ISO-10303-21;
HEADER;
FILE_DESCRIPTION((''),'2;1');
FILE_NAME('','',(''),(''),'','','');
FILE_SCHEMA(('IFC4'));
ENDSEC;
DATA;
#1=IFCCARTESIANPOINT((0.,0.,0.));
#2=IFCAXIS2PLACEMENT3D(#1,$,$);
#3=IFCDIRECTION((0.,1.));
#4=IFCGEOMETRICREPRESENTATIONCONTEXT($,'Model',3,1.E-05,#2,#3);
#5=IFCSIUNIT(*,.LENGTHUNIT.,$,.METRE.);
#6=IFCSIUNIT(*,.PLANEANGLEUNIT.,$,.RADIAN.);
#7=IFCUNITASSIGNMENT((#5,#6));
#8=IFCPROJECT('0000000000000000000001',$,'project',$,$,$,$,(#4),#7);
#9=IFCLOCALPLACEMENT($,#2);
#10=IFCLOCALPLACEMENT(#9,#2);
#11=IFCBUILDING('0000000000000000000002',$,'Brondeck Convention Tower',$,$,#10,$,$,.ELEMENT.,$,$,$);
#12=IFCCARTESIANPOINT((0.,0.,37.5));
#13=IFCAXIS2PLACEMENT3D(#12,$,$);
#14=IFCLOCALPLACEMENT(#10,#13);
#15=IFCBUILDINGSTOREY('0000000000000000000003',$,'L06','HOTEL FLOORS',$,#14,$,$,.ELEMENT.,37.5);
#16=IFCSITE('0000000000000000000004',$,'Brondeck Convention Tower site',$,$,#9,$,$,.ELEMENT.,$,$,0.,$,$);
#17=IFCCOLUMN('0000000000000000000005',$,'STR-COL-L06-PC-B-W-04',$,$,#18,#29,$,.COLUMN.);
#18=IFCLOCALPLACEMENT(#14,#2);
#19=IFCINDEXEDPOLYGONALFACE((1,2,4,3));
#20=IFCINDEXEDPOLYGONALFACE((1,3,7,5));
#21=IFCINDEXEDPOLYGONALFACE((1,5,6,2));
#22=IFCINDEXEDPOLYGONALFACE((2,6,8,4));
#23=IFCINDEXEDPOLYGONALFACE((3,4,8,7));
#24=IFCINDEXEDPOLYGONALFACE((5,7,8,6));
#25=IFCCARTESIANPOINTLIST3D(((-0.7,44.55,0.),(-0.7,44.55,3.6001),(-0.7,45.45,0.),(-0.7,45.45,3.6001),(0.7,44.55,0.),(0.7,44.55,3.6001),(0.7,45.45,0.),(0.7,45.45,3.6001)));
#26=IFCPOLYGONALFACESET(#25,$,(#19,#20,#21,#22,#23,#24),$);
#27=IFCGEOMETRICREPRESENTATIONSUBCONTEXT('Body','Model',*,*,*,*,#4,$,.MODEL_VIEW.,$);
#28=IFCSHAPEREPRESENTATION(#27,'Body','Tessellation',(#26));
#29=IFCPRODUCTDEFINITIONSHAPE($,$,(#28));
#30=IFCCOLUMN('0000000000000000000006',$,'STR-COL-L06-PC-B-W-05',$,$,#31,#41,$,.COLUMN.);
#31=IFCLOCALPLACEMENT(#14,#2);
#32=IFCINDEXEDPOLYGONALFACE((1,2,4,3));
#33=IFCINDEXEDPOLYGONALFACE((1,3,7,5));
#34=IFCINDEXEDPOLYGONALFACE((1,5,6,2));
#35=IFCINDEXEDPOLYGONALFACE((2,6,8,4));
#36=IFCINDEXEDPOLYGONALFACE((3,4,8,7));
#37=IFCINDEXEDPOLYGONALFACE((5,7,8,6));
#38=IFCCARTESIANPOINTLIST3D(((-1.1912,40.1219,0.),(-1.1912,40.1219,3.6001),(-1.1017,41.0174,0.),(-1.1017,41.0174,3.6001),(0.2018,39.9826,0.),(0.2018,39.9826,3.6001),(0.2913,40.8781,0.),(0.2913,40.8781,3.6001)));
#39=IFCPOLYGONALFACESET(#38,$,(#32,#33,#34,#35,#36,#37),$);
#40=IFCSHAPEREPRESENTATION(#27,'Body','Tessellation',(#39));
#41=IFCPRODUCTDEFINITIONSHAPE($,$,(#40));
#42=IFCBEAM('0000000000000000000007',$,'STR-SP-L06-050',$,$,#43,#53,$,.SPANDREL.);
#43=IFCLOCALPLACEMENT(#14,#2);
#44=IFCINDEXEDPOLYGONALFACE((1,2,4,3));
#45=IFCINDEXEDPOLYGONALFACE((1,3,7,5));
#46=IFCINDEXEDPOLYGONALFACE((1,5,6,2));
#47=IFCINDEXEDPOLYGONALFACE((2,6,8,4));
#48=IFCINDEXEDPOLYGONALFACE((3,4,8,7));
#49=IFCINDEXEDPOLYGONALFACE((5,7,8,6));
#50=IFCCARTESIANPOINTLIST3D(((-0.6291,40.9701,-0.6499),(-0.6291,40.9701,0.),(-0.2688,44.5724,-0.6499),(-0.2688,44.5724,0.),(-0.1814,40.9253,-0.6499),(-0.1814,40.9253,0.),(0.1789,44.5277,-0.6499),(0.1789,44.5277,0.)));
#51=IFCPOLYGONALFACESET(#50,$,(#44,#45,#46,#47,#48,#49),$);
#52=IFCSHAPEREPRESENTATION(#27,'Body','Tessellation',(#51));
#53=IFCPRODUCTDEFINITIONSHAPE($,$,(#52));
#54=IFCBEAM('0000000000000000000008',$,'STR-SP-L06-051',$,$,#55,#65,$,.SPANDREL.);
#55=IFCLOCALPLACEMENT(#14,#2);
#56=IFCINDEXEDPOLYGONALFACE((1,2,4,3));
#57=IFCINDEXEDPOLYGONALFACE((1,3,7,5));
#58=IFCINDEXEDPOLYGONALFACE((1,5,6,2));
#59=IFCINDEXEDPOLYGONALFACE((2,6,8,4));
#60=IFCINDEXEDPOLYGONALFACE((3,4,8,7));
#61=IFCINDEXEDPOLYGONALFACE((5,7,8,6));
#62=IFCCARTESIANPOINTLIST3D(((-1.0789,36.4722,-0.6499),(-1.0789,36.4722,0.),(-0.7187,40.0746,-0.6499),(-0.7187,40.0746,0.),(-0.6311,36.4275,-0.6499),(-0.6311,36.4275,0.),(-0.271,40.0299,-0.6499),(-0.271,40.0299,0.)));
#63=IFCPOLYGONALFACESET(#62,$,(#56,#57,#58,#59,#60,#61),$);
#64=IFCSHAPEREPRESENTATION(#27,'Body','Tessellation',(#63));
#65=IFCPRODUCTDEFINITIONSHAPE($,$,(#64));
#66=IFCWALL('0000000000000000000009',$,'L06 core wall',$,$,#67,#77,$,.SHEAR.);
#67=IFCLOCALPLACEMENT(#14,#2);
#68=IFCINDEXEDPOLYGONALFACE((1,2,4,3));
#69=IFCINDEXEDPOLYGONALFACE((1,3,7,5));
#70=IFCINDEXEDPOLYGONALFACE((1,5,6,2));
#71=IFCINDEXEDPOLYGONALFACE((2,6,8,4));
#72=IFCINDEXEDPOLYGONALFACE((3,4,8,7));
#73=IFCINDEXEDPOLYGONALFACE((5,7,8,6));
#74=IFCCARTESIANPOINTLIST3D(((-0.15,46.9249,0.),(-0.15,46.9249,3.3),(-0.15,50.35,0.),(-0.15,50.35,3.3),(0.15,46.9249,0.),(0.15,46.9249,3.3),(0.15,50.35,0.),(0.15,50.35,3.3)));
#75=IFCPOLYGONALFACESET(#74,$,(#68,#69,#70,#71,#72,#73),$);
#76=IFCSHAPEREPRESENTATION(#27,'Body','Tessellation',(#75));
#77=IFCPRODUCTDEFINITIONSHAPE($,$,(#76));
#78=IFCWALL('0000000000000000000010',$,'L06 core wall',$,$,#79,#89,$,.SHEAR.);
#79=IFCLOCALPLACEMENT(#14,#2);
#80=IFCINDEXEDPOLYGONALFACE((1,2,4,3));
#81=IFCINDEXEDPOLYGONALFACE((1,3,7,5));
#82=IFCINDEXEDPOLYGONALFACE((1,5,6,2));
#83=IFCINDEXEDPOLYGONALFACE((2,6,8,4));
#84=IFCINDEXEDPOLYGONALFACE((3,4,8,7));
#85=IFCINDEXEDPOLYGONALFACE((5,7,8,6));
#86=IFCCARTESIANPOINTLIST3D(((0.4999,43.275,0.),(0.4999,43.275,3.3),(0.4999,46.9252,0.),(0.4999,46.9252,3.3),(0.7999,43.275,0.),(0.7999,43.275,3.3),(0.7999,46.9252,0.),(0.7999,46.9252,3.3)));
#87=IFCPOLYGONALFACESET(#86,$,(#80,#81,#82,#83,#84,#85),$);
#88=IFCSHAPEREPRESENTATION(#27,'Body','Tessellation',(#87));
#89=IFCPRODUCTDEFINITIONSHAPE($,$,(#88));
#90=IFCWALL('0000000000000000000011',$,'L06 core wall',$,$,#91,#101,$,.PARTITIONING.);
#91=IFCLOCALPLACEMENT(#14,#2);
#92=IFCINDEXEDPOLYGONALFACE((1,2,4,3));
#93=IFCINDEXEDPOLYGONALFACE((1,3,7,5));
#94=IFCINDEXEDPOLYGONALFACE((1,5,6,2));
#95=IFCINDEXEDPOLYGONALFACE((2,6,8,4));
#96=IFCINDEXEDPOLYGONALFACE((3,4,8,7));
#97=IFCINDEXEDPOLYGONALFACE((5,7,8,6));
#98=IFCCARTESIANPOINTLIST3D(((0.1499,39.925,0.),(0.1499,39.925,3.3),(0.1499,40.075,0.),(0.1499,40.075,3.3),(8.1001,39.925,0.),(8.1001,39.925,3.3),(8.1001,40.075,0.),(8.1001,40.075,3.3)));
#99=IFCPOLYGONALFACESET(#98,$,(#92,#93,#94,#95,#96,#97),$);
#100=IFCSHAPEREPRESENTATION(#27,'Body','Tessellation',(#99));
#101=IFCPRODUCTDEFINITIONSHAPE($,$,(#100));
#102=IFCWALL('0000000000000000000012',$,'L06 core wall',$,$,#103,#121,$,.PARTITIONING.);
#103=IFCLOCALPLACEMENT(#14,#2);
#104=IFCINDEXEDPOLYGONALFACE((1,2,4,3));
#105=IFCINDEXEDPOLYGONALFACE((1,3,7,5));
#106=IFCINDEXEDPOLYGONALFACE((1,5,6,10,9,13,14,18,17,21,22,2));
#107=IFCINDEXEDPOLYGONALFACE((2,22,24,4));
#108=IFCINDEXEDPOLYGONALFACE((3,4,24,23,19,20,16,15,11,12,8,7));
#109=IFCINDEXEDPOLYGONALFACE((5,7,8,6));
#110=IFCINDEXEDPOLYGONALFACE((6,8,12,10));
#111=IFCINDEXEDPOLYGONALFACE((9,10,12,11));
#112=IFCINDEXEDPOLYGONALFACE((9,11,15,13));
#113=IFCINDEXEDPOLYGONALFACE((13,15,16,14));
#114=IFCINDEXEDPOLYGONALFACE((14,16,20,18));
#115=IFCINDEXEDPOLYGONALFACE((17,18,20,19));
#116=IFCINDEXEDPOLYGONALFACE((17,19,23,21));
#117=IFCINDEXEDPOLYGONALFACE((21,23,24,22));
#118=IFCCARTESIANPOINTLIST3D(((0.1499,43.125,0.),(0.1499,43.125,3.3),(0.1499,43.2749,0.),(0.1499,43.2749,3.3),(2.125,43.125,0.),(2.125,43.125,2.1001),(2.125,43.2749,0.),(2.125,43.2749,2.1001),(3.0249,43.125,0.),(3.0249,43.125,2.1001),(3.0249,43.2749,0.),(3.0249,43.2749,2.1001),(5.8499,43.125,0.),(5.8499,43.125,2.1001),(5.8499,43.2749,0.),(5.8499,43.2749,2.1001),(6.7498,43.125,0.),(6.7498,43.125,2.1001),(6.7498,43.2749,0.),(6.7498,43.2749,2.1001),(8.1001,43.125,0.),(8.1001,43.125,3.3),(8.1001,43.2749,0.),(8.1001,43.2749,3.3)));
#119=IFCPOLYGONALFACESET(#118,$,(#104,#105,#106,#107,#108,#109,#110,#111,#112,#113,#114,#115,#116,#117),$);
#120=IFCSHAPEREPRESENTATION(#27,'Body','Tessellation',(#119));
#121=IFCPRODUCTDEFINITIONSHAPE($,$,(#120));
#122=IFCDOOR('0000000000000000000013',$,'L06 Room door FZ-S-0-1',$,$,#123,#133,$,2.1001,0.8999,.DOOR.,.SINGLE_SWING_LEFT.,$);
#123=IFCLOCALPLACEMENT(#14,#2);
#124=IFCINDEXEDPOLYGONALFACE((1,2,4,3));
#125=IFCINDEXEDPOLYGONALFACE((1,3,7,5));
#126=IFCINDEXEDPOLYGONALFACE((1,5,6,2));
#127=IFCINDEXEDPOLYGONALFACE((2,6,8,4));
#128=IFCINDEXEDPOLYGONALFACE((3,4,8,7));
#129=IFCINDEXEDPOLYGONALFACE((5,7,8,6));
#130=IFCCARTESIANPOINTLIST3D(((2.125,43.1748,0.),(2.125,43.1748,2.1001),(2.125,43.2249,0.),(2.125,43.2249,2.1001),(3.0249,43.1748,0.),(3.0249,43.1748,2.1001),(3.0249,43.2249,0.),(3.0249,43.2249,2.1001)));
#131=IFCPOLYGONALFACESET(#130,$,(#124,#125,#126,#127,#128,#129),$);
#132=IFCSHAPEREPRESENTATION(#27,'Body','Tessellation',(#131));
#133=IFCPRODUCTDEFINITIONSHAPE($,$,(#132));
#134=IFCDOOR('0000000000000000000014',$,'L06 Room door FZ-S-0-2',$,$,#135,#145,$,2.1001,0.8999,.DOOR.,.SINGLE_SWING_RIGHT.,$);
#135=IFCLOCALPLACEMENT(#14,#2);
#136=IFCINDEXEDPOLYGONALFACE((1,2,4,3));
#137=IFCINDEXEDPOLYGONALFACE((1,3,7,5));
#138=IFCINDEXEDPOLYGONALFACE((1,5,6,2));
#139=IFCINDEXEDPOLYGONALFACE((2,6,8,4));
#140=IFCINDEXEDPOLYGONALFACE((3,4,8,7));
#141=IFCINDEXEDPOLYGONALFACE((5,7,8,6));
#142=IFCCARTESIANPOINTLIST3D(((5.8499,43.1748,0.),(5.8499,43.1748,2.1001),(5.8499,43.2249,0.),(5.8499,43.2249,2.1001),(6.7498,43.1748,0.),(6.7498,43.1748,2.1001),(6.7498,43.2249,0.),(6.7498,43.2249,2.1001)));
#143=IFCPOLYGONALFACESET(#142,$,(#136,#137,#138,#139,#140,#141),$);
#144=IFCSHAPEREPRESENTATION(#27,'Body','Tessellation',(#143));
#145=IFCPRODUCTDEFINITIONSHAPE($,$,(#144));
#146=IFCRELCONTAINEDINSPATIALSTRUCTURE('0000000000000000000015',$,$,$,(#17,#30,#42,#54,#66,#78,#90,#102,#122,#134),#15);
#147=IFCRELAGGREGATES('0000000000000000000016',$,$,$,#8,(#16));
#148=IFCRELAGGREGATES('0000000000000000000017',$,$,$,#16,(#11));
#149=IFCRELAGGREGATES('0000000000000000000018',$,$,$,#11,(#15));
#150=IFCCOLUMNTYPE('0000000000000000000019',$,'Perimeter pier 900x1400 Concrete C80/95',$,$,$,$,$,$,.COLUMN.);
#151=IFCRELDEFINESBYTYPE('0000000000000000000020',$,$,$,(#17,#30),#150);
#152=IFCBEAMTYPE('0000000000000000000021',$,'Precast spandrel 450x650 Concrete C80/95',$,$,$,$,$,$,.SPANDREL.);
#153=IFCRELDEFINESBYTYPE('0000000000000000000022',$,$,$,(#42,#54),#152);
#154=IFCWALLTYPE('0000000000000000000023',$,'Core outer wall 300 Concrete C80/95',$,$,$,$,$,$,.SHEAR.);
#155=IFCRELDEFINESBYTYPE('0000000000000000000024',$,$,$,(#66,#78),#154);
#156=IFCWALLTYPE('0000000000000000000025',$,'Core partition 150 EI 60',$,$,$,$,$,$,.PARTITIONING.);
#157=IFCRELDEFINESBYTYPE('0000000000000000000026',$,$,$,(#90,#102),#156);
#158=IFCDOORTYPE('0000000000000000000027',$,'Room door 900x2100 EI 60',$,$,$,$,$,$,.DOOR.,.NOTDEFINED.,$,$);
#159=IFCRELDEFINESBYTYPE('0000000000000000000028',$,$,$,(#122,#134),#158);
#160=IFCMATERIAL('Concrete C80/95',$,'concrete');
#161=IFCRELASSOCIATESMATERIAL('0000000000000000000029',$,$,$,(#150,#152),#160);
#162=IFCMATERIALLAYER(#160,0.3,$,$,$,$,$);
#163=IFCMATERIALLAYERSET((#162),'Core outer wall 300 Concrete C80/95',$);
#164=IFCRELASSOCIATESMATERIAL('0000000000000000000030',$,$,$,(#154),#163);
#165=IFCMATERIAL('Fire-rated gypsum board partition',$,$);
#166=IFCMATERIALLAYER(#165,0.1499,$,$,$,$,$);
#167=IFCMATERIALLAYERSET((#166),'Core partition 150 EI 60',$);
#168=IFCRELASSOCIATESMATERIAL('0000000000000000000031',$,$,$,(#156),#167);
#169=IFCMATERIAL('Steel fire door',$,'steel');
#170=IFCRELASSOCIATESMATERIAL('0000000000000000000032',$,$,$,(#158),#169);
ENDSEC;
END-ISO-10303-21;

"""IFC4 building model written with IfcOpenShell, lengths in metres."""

from ifc_helpers import new_model, si_unit, direction, frame, frame_2d, origin, origin_2d, place, context, subcontext, project, spatial, rectangle, extrude, material, layer, layer_set, material_profile, profile_set, type_object, element, fill, save


model = new_model("IFC4")

# Units and contexts
model_context = context("Model", 3, precision=1e-05, world=origin(), true_north=direction((0.0, 1.0)))
body_context = subcontext(model_context, "Body", "Model", "MODEL_VIEW")
ifc_project = project(units=[si_unit("LENGTHUNIT", "METRE"), si_unit("PLANEANGLEUNIT", "RADIAN")], contexts=[model_context])

# Site, building, storey
site_placement = place(None, origin())
site = spatial("IfcSite", under=ifc_project, at=site_placement, Name="Brondeck Convention Tower site", CompositionType="ELEMENT", RefElevation=0.0)
building_placement = place(site_placement, origin())
building = spatial("IfcBuilding", under=site, at=building_placement, Name="Brondeck Convention Tower", CompositionType="ELEMENT")
storey_placement = place(building_placement, frame((0.0, 0.0, 37.5)))
storey = spatial("IfcBuildingStorey", under=building, at=storey_placement, Name="L06", Description="HOTEL FLOORS", CompositionType="ELEMENT", Elevation=37.5)

# Columns
ifc_material_1 = material(Name="Concrete C80/95", Category="concrete")
ifc_material_profile_1 = material_profile(ifc_material_1, rectangle(XDim=0.8999, YDim=1.3999, at=origin_2d()), Name="Perimeter pier 900x1400 Concrete C80/95")
ifc_profile_set_1 = profile_set([ifc_material_profile_1], Name="Concrete C80/95")
column_type = type_object("IfcColumnType", Name="Perimeter pier 900x1400 Concrete C80/95", PredefinedType="COLUMN", material=ifc_profile_set_1)
for number, where, z_axis, x_axis, name in (
    (1, (0.0, 45.0, 0.0), (0.0, 0.0, 1.0), (0.0, -1.0, 0.0), "STR-COL-L06-PC-B-W-04"),
    (2, (-0.45, 40.5, 0.0), (0.0, 0.0, 1.0), (-0.099504, -0.995037, 0.0), "STR-COL-L06-PC-B-W-05"),
):
    element("IfcColumn", number, at=place(storey_placement, frame(where, z_axis=z_axis, x_axis=x_axis)), inside=storey, type_object=column_type, Name=name, PredefinedType="COLUMN", context=body_context, shape_type="SweptSolid", body=[
        extrude(rectangle(XDim=0.8999, YDim=1.3999, at=origin_2d()), origin(), (0.0, 0.0, 1.0), 3.6001),
    ])

# Beams
ifc_material_profile_2 = material_profile(ifc_material_1, rectangle(XDim=0.45, YDim=0.6499, at=origin_2d()), Name="Precast spandrel 450x650 Concrete C80/95")
ifc_profile_set_2 = profile_set([ifc_material_profile_2], Name="Concrete C80/95")
beam_type = type_object("IfcBeamType", Name="Precast spandrel 450x650 Concrete C80/95", PredefinedType="SPANDREL", material=ifc_profile_set_2)
for number, where, z_axis, x_axis, name in (
    (3, (-0.0449, 44.55, -0.325), (-0.099537, -0.995034, 0.0), (0.995034, -0.099537, 0.0), "STR-SP-L06-050"),
    (4, (-0.4949, 40.0522, -0.325), (-0.09947, -0.995041, 0.0), (0.995041, -0.09947, 0.0), "STR-SP-L06-051"),
):
    element("IfcBeam", number, at=place(storey_placement, frame(where, z_axis=z_axis, x_axis=x_axis)), inside=storey, type_object=beam_type, Name=name, PredefinedType="SPANDREL", context=body_context, shape_type="SweptSolid", body=[
        extrude(rectangle(XDim=0.45, YDim=0.6499, at=origin_2d()), origin(), (0.0, 0.0, 1.0), 3.6204),
    ])

# Walls
ifc_layer_1 = layer(ifc_material_1, 0.3)
ifc_layer_set_1 = layer_set([ifc_layer_1], Name="Core outer wall 300 Concrete C80/95")
wall_type_1 = type_object("IfcWallType", Name="Core outer wall 300 Concrete C80/95", PredefinedType="SHEAR", material=ifc_layer_set_1)
wall_1_placement = place(storey_placement, frame((0.0, 46.925, 0.0), z_axis=(0.0, 0.0, 1.0), x_axis=(0.0, 1.0, 0.0)))
element("IfcWall", 5, at=wall_1_placement, inside=storey, type_object=wall_type_1, Name="L06 core wall", PredefinedType="SHEAR", context=body_context, shape_type="SweptSolid", body=[
    extrude(rectangle(XDim=3.425, YDim=0.3, at=frame_2d((1.7124, 0.0))), origin(), (0.0, 0.0, 1.0), 3.3),
])
wall_2_placement = place(storey_placement, frame((0.6499, 43.2749, 0.0), z_axis=(0.0, 0.0, 1.0), x_axis=(0.0, 1.0, 0.0)))
element("IfcWall", 6, at=wall_2_placement, inside=storey, type_object=wall_type_1, Name="L06 core wall", PredefinedType="SHEAR", context=body_context, shape_type="SweptSolid", body=[
    extrude(rectangle(XDim=3.6501, YDim=0.3, at=frame_2d((1.8252, 0.0))), origin(), (0.0, 0.0, 1.0), 3.3),
])
ifc_material_2 = material(Name="Fire-rated gypsum board partition")
ifc_layer_2 = layer(ifc_material_2, 0.1499)
ifc_layer_set_2 = layer_set([ifc_layer_2], Name="Core partition 150 EI 60")
wall_type_2 = type_object("IfcWallType", Name="Core partition 150 EI 60", PredefinedType="PARTITIONING", material=ifc_layer_set_2)
wall_3_placement = place(storey_placement, frame((0.1499, 40.0, 0.0), z_axis=(0.0, 0.0, 1.0), x_axis=(1.0, 0.0, 0.0)))
element("IfcWall", 7, at=wall_3_placement, inside=storey, type_object=wall_type_2, Name="L06 core wall", PredefinedType="PARTITIONING", context=body_context, shape_type="SweptSolid", body=[
    extrude(rectangle(XDim=7.9502, YDim=0.1499, at=frame_2d((3.9751, 0.0))), origin(), (0.0, 0.0, 1.0), 3.3),
])

# Wall, openings, doors
wall_4_placement = place(storey_placement, frame((0.1499, 43.2, 0.0), z_axis=(0.0, 0.0, 1.0), x_axis=(1.0, 0.0, 0.0)))
wall_4 = element("IfcWall", 8, at=wall_4_placement, inside=storey, type_object=wall_type_2, Name="L06 core wall", PredefinedType="PARTITIONING", context=body_context, shape_type="SweptSolid", body=[
    extrude(rectangle(XDim=7.9502, YDim=0.1499, at=frame_2d((3.9751, 0.0))), origin(), (0.0, 0.0, 1.0), 3.3),
])
opening_1_placement = place(wall_4_placement, frame((1.9751, 0.0, 0.0)))
opening_1 = element("IfcOpeningElement", 9, at=opening_1_placement, cuts=wall_4, PredefinedType="OPENING", context=body_context, shape_type="SweptSolid", body=[
    extrude(rectangle(XDim=0.8999, YDim=2.1001, at=frame_2d((0.45, 1.05))), frame((0.0, 0.085, 0.0), z_axis=(0.0, -1.0, 0.0), x_axis=(1.0, 0.0, 0.0)), (0.0, 0.0, 1.0), 0.1699),
])
opening_2_placement = place(wall_4_placement, frame((5.7, 0.0, 0.0)))
opening_2 = element("IfcOpeningElement", 10, at=opening_2_placement, cuts=wall_4, PredefinedType="OPENING", context=body_context, shape_type="SweptSolid", body=[
    extrude(rectangle(XDim=0.8999, YDim=2.1001, at=frame_2d((0.45, 1.05))), frame((0.0, 0.085, 0.0), z_axis=(0.0, -1.0, 0.0), x_axis=(1.0, 0.0, 0.0)), (0.0, 0.0, 1.0), 0.1699),
])
ifc_material_3 = material(Name="Steel fire door", Category="steel")
door_type = type_object("IfcDoorType", Name="Room door 900x2100 EI 60", OperationType="NOTDEFINED", PredefinedType="DOOR", material=ifc_material_3)
door_1_placement = place(opening_1_placement, origin())
door_1 = element("IfcDoor", 11, at=door_1_placement, inside=storey, type_object=door_type, Name="L06 Room door FZ-S-0-1", OperationType="SINGLE_SWING_LEFT", OverallHeight=2.1001, OverallWidth=0.8999, PredefinedType="DOOR", context=body_context, shape_type="SweptSolid", body=[
    extrude(rectangle(XDim=0.8999, YDim=2.1001, at=frame_2d((0.45, 1.05))), frame((0.0, 0.0249, 0.0), z_axis=(0.0, -1.0, 0.0), x_axis=(1.0, 0.0, 0.0)), (0.0, 0.0, 1.0), 0.05),
])
fill(opening_1, door_1)
door_2_placement = place(opening_2_placement, origin())
door_2 = element("IfcDoor", 12, at=door_2_placement, inside=storey, type_object=door_type, Name="L06 Room door FZ-S-0-2", OperationType="SINGLE_SWING_RIGHT", OverallHeight=2.1001, OverallWidth=0.8999, PredefinedType="DOOR", context=body_context, shape_type="SweptSolid", body=[
    extrude(rectangle(XDim=0.8999, YDim=2.1001, at=frame_2d((0.45, 1.05))), frame((0.0, 0.0249, 0.0), z_axis=(0.0, -1.0, 0.0), x_axis=(1.0, 0.0, 0.0)), (0.0, 0.0, 1.0), 0.05),
])
fill(opening_2, door_2)

save(model, "model.ifc")
